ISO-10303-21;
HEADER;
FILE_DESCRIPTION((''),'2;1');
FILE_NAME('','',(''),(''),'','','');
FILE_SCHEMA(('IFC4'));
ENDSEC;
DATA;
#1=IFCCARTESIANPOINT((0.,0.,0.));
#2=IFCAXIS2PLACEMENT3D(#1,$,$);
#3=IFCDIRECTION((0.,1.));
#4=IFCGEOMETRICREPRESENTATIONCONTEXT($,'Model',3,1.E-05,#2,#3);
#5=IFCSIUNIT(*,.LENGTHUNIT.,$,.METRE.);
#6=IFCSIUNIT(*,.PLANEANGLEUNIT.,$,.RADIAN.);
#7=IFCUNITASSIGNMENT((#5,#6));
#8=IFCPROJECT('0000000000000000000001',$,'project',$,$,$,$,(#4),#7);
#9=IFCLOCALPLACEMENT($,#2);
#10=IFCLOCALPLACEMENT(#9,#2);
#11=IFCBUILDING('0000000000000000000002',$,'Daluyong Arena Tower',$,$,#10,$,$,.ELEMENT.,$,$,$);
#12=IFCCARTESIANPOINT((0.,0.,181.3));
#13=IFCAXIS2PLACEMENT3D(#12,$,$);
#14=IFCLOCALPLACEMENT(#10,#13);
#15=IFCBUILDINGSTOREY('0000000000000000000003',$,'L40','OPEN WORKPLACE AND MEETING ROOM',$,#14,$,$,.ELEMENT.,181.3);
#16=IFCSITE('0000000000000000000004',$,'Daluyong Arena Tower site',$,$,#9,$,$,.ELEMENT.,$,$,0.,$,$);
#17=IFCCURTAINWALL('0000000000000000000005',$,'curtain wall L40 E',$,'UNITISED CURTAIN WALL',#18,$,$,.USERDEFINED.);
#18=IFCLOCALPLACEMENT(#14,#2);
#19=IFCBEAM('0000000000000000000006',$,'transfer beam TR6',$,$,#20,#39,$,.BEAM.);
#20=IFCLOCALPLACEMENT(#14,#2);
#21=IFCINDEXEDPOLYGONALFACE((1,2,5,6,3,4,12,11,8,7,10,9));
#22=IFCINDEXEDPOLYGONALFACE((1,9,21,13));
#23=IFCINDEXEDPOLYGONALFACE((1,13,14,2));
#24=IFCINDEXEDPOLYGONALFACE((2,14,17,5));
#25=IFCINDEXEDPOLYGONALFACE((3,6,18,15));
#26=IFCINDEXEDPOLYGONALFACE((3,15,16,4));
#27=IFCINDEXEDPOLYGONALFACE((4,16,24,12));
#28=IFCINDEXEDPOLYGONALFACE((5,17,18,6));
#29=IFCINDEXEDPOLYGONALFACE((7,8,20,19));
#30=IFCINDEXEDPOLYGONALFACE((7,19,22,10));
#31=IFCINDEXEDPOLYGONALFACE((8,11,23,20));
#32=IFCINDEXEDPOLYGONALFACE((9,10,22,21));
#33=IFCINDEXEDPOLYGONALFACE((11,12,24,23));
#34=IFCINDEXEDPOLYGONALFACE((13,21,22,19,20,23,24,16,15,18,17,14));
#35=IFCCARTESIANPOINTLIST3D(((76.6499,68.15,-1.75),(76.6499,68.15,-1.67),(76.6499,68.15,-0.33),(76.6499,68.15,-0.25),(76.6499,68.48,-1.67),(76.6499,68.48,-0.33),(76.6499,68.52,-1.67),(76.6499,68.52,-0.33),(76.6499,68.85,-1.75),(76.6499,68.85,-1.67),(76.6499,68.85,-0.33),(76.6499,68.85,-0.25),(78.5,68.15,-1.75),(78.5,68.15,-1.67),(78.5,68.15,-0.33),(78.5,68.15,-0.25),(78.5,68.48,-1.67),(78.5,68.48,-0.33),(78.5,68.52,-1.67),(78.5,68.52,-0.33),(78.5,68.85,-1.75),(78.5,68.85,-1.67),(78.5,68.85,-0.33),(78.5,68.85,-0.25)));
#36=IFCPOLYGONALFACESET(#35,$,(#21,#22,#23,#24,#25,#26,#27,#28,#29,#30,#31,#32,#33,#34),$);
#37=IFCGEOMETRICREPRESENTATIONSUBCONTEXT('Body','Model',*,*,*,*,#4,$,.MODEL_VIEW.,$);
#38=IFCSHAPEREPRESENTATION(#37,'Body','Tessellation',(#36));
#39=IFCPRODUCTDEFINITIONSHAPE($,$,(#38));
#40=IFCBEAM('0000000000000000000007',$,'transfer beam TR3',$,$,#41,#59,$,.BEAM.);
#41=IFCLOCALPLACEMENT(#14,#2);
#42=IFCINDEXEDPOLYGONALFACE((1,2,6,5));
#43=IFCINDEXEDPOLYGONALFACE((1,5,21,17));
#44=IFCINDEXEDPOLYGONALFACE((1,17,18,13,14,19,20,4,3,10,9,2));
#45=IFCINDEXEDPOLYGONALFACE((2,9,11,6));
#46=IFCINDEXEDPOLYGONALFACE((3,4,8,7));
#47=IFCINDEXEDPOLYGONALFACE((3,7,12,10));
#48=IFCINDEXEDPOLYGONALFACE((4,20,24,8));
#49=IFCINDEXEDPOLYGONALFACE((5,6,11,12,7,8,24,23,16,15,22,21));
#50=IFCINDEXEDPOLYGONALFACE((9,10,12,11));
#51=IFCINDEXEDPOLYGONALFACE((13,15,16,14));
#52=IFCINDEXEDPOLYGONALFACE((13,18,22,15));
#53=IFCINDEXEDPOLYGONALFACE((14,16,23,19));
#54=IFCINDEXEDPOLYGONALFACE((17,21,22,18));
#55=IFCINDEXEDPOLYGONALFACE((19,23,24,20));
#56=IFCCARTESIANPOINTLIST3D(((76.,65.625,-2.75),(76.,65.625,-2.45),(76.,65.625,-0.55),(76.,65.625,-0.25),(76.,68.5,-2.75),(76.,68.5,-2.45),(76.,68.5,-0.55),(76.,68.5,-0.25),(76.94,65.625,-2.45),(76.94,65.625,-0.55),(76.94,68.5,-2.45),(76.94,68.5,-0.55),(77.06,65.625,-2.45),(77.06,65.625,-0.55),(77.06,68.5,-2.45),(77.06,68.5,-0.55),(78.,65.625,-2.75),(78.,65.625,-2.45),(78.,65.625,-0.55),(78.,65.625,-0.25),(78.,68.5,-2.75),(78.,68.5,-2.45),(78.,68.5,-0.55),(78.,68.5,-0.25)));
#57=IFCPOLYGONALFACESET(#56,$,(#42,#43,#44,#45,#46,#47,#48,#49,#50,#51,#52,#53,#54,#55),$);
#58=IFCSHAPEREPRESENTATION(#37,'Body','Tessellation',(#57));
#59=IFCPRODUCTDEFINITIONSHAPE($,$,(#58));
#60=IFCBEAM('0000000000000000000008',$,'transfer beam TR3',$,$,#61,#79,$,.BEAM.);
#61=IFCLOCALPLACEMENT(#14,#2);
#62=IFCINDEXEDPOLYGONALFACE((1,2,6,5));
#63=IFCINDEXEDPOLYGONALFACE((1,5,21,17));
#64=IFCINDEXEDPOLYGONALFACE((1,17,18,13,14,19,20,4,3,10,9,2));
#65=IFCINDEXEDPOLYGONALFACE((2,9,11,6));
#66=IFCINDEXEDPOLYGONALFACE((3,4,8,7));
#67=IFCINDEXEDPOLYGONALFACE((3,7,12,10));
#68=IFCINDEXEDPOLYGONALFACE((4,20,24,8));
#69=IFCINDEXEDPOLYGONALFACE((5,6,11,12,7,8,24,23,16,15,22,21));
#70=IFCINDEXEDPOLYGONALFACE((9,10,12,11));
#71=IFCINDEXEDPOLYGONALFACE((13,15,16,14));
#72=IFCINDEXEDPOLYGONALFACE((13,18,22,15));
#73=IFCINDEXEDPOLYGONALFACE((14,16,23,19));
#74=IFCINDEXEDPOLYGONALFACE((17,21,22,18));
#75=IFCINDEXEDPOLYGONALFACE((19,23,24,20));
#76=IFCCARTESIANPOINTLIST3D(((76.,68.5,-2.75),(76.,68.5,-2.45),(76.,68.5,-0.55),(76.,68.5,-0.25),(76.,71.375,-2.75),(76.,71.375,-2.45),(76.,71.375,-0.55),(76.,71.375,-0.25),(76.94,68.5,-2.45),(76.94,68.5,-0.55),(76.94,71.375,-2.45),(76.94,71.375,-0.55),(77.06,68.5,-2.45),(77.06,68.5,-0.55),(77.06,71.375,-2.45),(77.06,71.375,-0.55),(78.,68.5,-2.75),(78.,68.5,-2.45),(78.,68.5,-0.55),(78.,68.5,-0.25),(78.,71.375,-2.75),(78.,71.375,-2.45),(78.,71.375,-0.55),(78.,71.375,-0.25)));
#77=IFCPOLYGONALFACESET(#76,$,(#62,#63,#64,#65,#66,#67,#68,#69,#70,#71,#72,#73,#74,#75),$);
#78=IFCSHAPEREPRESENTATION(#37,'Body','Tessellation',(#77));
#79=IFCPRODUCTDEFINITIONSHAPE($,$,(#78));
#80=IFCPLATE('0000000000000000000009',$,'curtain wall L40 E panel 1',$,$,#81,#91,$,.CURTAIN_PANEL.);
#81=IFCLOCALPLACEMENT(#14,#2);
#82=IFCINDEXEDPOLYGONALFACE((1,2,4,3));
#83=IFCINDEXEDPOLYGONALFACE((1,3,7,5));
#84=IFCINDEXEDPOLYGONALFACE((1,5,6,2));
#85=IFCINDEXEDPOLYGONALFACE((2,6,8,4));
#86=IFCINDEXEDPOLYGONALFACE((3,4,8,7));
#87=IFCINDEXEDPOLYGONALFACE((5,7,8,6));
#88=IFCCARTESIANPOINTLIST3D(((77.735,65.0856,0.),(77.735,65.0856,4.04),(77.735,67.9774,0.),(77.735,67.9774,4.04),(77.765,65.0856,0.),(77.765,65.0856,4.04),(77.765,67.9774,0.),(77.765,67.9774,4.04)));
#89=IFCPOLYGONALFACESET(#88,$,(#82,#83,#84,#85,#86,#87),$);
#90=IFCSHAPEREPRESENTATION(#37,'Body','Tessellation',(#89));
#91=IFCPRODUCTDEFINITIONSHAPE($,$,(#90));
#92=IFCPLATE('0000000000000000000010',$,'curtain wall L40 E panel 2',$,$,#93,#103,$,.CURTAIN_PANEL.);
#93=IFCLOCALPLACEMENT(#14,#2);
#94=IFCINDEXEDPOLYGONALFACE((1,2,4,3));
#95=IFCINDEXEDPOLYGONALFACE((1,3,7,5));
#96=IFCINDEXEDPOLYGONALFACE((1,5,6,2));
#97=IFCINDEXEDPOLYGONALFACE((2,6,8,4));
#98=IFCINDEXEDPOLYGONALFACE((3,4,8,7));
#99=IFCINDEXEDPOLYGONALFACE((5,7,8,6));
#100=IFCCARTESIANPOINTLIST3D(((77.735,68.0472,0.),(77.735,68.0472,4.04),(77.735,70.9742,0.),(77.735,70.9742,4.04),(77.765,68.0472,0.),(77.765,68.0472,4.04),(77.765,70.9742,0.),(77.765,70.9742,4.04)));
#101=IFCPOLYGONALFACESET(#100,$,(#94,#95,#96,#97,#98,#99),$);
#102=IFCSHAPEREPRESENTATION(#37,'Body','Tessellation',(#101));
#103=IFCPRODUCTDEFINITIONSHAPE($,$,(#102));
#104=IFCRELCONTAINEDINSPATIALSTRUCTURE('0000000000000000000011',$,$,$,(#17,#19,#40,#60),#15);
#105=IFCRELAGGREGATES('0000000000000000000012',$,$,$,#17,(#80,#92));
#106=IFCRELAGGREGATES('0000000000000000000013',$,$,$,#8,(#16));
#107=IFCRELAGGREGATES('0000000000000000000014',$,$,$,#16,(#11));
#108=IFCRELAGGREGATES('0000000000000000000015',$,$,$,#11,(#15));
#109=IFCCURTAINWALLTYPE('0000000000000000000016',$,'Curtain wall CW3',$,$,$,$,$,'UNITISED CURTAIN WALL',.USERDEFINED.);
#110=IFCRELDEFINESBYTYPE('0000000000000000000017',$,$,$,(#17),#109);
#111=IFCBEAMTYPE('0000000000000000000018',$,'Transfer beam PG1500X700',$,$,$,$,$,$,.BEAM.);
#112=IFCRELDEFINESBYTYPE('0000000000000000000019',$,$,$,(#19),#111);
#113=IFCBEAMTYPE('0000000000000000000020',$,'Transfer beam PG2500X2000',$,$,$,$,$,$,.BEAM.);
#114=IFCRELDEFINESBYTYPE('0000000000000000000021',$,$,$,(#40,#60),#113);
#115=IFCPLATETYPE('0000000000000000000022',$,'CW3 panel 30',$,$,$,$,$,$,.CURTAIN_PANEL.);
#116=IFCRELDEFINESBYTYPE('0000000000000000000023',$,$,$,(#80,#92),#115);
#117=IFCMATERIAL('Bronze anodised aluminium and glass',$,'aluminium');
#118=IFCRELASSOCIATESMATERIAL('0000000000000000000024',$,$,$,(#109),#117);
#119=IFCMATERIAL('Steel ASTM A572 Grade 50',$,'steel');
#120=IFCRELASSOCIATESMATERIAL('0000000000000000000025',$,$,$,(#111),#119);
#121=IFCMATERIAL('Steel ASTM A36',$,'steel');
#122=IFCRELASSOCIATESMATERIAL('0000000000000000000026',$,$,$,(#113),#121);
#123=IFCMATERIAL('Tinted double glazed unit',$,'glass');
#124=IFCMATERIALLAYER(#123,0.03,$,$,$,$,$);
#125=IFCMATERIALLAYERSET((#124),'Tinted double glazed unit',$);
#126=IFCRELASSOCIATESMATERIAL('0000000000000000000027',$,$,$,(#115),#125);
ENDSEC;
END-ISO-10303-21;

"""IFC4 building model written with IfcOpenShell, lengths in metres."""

from ifc_helpers import new_model, si_unit, direction, frame, origin, origin_2d, place, context, subcontext, project, spatial, rectangle, i_section, extrude, material, layer, layer_set, material_profile, profile_set, type_object, element, aggregate, save


model = new_model("IFC4")

# Units and contexts
model_context = context("Model", 3, precision=1e-05, world=origin(), true_north=direction((0.0, 1.0)))
body_context = subcontext(model_context, "Body", "Model", "MODEL_VIEW")
ifc_project = project(units=[si_unit("LENGTHUNIT", "METRE"), si_unit("PLANEANGLEUNIT", "RADIAN")], contexts=[model_context])

# Site, building, storey
site_placement = place(None, origin())
site = spatial("IfcSite", under=ifc_project, at=site_placement, Name="Daluyong Arena Tower site", CompositionType="ELEMENT", RefElevation=0.0)
building_placement = place(site_placement, origin())
building = spatial("IfcBuilding", under=site, at=building_placement, Name="Daluyong Arena Tower", CompositionType="ELEMENT")
storey_placement = place(building_placement, frame((0.0, 0.0, 181.3)))
storey = spatial("IfcBuildingStorey", under=building, at=storey_placement, Name="L40", Description="OPEN WORKPLACE AND MEETING ROOM", CompositionType="ELEMENT", Elevation=181.3)

# Curtain wall
ifc_material_1 = material(Name="Bronze anodised aluminium and glass", Category="aluminium")
curtain_wall_type = type_object("IfcCurtainWallType", Name="Curtain wall CW3", ElementType="UNITISED CURTAIN WALL", PredefinedType="USERDEFINED", material=ifc_material_1)
curtain_wall_placement = place(storey_placement, origin())
curtain_wall = element("IfcCurtainWall", 1, at=curtain_wall_placement, inside=storey, type_object=curtain_wall_type, Name="curtain wall L40 E", ObjectType="UNITISED CURTAIN WALL", PredefinedType="USERDEFINED")

# Beams
ifc_material_2 = material(Name="Steel ASTM A572 Grade 50", Category="steel")
ifc_material_profile_1 = material_profile(ifc_material_2, i_section(OverallWidth=0.7, OverallDepth=1.5, WebThickness=0.04, FlangeThickness=0.08, at=origin_2d()))
ifc_profile_set_1 = profile_set([ifc_material_profile_1], Name="Steel ASTM A572 Grade 50")
beam_type_1 = type_object("IfcBeamType", Name="Transfer beam PG1500X700", PredefinedType="BEAM", material=ifc_profile_set_1)
for number, where, z_axis, x_axis, name in (
    (2, (78.5, 68.5, -1.0), (-1.0, 0.0, 0.0), (0.0, -1.0, 0.0), "transfer beam TR6"),
):
    element("IfcBeam", number, at=place(storey_placement, frame(where, z_axis=z_axis, x_axis=x_axis)), inside=storey, type_object=beam_type_1, Name=name, PredefinedType="BEAM", context=body_context, shape_type="SweptSolid", body=[
        extrude(i_section(OverallWidth=0.7, OverallDepth=1.5, WebThickness=0.04, FlangeThickness=0.08, at=origin_2d()), origin(), (0.0, 0.0, 1.0), 1.8501),
    ])
ifc_material_3 = material(Name="Steel ASTM A36", Category="steel")
ifc_material_profile_2 = material_profile(ifc_material_3, i_section(OverallWidth=2.0, OverallDepth=2.5, WebThickness=0.12, FlangeThickness=0.3, at=origin_2d()))
ifc_profile_set_2 = profile_set([ifc_material_profile_2], Name="Steel ASTM A36")
beam_type_2 = type_object("IfcBeamType", Name="Transfer beam PG2500X2000", PredefinedType="BEAM", material=ifc_profile_set_2)
for number, where, z_axis, x_axis, name in (
    (3, (77.0, 65.625, -1.5), (0.0, 1.0, 0.0), (-1.0, 0.0, 0.0), "transfer beam TR3"),
    (4, (77.0, 68.5, -1.5), (0.0, 1.0, 0.0), (-1.0, 0.0, 0.0), "transfer beam TR3"),
):
    element("IfcBeam", number, at=place(storey_placement, frame(where, z_axis=z_axis, x_axis=x_axis)), inside=storey, type_object=beam_type_2, Name=name, PredefinedType="BEAM", context=body_context, shape_type="SweptSolid", body=[
        extrude(i_section(OverallWidth=2.0, OverallDepth=2.5, WebThickness=0.12, FlangeThickness=0.3, at=origin_2d()), origin(), (0.0, 0.0, 1.0), 2.875),
    ])

# Plates
ifc_material_4 = material(Name="Tinted double glazed unit", Category="glass")
ifc_layer_1 = layer(ifc_material_4, 0.03)
ifc_layer_set_1 = layer_set([ifc_layer_1], Name="Tinted double glazed unit")
plate_type = type_object("IfcPlateType", Name="CW3 panel 30", PredefinedType="CURTAIN_PANEL", material=ifc_layer_set_1)
plate_1_placement = place(storey_placement, frame((77.75, 66.5315, 0.0), z_axis=(0.0, 0.0, 1.0), x_axis=(0.0, 1.0, 0.0)))
plate_1 = element("IfcPlate", 5, at=plate_1_placement, type_object=plate_type, Name="curtain wall L40 E panel 1", PredefinedType="CURTAIN_PANEL", context=body_context, shape_type="SweptSolid", body=[
    extrude(rectangle(XDim=2.8918, YDim=0.03, at=origin_2d()), origin(), (0.0, 0.0, 1.0), 4.04),
])
plate_2_placement = place(storey_placement, frame((77.75, 69.5107, 0.0), z_axis=(0.0, 0.0, 1.0), x_axis=(0.0, 1.0, 0.0)))
plate_2 = element("IfcPlate", 6, at=plate_2_placement, type_object=plate_type, Name="curtain wall L40 E panel 2", PredefinedType="CURTAIN_PANEL", context=body_context, shape_type="SweptSolid", body=[
    extrude(rectangle(XDim=2.927, YDim=0.03, at=origin_2d()), origin(), (0.0, 0.0, 1.0), 4.04),
])
aggregate(curtain_wall, [plate_1, plate_2])

save(model, "model.ifc")
